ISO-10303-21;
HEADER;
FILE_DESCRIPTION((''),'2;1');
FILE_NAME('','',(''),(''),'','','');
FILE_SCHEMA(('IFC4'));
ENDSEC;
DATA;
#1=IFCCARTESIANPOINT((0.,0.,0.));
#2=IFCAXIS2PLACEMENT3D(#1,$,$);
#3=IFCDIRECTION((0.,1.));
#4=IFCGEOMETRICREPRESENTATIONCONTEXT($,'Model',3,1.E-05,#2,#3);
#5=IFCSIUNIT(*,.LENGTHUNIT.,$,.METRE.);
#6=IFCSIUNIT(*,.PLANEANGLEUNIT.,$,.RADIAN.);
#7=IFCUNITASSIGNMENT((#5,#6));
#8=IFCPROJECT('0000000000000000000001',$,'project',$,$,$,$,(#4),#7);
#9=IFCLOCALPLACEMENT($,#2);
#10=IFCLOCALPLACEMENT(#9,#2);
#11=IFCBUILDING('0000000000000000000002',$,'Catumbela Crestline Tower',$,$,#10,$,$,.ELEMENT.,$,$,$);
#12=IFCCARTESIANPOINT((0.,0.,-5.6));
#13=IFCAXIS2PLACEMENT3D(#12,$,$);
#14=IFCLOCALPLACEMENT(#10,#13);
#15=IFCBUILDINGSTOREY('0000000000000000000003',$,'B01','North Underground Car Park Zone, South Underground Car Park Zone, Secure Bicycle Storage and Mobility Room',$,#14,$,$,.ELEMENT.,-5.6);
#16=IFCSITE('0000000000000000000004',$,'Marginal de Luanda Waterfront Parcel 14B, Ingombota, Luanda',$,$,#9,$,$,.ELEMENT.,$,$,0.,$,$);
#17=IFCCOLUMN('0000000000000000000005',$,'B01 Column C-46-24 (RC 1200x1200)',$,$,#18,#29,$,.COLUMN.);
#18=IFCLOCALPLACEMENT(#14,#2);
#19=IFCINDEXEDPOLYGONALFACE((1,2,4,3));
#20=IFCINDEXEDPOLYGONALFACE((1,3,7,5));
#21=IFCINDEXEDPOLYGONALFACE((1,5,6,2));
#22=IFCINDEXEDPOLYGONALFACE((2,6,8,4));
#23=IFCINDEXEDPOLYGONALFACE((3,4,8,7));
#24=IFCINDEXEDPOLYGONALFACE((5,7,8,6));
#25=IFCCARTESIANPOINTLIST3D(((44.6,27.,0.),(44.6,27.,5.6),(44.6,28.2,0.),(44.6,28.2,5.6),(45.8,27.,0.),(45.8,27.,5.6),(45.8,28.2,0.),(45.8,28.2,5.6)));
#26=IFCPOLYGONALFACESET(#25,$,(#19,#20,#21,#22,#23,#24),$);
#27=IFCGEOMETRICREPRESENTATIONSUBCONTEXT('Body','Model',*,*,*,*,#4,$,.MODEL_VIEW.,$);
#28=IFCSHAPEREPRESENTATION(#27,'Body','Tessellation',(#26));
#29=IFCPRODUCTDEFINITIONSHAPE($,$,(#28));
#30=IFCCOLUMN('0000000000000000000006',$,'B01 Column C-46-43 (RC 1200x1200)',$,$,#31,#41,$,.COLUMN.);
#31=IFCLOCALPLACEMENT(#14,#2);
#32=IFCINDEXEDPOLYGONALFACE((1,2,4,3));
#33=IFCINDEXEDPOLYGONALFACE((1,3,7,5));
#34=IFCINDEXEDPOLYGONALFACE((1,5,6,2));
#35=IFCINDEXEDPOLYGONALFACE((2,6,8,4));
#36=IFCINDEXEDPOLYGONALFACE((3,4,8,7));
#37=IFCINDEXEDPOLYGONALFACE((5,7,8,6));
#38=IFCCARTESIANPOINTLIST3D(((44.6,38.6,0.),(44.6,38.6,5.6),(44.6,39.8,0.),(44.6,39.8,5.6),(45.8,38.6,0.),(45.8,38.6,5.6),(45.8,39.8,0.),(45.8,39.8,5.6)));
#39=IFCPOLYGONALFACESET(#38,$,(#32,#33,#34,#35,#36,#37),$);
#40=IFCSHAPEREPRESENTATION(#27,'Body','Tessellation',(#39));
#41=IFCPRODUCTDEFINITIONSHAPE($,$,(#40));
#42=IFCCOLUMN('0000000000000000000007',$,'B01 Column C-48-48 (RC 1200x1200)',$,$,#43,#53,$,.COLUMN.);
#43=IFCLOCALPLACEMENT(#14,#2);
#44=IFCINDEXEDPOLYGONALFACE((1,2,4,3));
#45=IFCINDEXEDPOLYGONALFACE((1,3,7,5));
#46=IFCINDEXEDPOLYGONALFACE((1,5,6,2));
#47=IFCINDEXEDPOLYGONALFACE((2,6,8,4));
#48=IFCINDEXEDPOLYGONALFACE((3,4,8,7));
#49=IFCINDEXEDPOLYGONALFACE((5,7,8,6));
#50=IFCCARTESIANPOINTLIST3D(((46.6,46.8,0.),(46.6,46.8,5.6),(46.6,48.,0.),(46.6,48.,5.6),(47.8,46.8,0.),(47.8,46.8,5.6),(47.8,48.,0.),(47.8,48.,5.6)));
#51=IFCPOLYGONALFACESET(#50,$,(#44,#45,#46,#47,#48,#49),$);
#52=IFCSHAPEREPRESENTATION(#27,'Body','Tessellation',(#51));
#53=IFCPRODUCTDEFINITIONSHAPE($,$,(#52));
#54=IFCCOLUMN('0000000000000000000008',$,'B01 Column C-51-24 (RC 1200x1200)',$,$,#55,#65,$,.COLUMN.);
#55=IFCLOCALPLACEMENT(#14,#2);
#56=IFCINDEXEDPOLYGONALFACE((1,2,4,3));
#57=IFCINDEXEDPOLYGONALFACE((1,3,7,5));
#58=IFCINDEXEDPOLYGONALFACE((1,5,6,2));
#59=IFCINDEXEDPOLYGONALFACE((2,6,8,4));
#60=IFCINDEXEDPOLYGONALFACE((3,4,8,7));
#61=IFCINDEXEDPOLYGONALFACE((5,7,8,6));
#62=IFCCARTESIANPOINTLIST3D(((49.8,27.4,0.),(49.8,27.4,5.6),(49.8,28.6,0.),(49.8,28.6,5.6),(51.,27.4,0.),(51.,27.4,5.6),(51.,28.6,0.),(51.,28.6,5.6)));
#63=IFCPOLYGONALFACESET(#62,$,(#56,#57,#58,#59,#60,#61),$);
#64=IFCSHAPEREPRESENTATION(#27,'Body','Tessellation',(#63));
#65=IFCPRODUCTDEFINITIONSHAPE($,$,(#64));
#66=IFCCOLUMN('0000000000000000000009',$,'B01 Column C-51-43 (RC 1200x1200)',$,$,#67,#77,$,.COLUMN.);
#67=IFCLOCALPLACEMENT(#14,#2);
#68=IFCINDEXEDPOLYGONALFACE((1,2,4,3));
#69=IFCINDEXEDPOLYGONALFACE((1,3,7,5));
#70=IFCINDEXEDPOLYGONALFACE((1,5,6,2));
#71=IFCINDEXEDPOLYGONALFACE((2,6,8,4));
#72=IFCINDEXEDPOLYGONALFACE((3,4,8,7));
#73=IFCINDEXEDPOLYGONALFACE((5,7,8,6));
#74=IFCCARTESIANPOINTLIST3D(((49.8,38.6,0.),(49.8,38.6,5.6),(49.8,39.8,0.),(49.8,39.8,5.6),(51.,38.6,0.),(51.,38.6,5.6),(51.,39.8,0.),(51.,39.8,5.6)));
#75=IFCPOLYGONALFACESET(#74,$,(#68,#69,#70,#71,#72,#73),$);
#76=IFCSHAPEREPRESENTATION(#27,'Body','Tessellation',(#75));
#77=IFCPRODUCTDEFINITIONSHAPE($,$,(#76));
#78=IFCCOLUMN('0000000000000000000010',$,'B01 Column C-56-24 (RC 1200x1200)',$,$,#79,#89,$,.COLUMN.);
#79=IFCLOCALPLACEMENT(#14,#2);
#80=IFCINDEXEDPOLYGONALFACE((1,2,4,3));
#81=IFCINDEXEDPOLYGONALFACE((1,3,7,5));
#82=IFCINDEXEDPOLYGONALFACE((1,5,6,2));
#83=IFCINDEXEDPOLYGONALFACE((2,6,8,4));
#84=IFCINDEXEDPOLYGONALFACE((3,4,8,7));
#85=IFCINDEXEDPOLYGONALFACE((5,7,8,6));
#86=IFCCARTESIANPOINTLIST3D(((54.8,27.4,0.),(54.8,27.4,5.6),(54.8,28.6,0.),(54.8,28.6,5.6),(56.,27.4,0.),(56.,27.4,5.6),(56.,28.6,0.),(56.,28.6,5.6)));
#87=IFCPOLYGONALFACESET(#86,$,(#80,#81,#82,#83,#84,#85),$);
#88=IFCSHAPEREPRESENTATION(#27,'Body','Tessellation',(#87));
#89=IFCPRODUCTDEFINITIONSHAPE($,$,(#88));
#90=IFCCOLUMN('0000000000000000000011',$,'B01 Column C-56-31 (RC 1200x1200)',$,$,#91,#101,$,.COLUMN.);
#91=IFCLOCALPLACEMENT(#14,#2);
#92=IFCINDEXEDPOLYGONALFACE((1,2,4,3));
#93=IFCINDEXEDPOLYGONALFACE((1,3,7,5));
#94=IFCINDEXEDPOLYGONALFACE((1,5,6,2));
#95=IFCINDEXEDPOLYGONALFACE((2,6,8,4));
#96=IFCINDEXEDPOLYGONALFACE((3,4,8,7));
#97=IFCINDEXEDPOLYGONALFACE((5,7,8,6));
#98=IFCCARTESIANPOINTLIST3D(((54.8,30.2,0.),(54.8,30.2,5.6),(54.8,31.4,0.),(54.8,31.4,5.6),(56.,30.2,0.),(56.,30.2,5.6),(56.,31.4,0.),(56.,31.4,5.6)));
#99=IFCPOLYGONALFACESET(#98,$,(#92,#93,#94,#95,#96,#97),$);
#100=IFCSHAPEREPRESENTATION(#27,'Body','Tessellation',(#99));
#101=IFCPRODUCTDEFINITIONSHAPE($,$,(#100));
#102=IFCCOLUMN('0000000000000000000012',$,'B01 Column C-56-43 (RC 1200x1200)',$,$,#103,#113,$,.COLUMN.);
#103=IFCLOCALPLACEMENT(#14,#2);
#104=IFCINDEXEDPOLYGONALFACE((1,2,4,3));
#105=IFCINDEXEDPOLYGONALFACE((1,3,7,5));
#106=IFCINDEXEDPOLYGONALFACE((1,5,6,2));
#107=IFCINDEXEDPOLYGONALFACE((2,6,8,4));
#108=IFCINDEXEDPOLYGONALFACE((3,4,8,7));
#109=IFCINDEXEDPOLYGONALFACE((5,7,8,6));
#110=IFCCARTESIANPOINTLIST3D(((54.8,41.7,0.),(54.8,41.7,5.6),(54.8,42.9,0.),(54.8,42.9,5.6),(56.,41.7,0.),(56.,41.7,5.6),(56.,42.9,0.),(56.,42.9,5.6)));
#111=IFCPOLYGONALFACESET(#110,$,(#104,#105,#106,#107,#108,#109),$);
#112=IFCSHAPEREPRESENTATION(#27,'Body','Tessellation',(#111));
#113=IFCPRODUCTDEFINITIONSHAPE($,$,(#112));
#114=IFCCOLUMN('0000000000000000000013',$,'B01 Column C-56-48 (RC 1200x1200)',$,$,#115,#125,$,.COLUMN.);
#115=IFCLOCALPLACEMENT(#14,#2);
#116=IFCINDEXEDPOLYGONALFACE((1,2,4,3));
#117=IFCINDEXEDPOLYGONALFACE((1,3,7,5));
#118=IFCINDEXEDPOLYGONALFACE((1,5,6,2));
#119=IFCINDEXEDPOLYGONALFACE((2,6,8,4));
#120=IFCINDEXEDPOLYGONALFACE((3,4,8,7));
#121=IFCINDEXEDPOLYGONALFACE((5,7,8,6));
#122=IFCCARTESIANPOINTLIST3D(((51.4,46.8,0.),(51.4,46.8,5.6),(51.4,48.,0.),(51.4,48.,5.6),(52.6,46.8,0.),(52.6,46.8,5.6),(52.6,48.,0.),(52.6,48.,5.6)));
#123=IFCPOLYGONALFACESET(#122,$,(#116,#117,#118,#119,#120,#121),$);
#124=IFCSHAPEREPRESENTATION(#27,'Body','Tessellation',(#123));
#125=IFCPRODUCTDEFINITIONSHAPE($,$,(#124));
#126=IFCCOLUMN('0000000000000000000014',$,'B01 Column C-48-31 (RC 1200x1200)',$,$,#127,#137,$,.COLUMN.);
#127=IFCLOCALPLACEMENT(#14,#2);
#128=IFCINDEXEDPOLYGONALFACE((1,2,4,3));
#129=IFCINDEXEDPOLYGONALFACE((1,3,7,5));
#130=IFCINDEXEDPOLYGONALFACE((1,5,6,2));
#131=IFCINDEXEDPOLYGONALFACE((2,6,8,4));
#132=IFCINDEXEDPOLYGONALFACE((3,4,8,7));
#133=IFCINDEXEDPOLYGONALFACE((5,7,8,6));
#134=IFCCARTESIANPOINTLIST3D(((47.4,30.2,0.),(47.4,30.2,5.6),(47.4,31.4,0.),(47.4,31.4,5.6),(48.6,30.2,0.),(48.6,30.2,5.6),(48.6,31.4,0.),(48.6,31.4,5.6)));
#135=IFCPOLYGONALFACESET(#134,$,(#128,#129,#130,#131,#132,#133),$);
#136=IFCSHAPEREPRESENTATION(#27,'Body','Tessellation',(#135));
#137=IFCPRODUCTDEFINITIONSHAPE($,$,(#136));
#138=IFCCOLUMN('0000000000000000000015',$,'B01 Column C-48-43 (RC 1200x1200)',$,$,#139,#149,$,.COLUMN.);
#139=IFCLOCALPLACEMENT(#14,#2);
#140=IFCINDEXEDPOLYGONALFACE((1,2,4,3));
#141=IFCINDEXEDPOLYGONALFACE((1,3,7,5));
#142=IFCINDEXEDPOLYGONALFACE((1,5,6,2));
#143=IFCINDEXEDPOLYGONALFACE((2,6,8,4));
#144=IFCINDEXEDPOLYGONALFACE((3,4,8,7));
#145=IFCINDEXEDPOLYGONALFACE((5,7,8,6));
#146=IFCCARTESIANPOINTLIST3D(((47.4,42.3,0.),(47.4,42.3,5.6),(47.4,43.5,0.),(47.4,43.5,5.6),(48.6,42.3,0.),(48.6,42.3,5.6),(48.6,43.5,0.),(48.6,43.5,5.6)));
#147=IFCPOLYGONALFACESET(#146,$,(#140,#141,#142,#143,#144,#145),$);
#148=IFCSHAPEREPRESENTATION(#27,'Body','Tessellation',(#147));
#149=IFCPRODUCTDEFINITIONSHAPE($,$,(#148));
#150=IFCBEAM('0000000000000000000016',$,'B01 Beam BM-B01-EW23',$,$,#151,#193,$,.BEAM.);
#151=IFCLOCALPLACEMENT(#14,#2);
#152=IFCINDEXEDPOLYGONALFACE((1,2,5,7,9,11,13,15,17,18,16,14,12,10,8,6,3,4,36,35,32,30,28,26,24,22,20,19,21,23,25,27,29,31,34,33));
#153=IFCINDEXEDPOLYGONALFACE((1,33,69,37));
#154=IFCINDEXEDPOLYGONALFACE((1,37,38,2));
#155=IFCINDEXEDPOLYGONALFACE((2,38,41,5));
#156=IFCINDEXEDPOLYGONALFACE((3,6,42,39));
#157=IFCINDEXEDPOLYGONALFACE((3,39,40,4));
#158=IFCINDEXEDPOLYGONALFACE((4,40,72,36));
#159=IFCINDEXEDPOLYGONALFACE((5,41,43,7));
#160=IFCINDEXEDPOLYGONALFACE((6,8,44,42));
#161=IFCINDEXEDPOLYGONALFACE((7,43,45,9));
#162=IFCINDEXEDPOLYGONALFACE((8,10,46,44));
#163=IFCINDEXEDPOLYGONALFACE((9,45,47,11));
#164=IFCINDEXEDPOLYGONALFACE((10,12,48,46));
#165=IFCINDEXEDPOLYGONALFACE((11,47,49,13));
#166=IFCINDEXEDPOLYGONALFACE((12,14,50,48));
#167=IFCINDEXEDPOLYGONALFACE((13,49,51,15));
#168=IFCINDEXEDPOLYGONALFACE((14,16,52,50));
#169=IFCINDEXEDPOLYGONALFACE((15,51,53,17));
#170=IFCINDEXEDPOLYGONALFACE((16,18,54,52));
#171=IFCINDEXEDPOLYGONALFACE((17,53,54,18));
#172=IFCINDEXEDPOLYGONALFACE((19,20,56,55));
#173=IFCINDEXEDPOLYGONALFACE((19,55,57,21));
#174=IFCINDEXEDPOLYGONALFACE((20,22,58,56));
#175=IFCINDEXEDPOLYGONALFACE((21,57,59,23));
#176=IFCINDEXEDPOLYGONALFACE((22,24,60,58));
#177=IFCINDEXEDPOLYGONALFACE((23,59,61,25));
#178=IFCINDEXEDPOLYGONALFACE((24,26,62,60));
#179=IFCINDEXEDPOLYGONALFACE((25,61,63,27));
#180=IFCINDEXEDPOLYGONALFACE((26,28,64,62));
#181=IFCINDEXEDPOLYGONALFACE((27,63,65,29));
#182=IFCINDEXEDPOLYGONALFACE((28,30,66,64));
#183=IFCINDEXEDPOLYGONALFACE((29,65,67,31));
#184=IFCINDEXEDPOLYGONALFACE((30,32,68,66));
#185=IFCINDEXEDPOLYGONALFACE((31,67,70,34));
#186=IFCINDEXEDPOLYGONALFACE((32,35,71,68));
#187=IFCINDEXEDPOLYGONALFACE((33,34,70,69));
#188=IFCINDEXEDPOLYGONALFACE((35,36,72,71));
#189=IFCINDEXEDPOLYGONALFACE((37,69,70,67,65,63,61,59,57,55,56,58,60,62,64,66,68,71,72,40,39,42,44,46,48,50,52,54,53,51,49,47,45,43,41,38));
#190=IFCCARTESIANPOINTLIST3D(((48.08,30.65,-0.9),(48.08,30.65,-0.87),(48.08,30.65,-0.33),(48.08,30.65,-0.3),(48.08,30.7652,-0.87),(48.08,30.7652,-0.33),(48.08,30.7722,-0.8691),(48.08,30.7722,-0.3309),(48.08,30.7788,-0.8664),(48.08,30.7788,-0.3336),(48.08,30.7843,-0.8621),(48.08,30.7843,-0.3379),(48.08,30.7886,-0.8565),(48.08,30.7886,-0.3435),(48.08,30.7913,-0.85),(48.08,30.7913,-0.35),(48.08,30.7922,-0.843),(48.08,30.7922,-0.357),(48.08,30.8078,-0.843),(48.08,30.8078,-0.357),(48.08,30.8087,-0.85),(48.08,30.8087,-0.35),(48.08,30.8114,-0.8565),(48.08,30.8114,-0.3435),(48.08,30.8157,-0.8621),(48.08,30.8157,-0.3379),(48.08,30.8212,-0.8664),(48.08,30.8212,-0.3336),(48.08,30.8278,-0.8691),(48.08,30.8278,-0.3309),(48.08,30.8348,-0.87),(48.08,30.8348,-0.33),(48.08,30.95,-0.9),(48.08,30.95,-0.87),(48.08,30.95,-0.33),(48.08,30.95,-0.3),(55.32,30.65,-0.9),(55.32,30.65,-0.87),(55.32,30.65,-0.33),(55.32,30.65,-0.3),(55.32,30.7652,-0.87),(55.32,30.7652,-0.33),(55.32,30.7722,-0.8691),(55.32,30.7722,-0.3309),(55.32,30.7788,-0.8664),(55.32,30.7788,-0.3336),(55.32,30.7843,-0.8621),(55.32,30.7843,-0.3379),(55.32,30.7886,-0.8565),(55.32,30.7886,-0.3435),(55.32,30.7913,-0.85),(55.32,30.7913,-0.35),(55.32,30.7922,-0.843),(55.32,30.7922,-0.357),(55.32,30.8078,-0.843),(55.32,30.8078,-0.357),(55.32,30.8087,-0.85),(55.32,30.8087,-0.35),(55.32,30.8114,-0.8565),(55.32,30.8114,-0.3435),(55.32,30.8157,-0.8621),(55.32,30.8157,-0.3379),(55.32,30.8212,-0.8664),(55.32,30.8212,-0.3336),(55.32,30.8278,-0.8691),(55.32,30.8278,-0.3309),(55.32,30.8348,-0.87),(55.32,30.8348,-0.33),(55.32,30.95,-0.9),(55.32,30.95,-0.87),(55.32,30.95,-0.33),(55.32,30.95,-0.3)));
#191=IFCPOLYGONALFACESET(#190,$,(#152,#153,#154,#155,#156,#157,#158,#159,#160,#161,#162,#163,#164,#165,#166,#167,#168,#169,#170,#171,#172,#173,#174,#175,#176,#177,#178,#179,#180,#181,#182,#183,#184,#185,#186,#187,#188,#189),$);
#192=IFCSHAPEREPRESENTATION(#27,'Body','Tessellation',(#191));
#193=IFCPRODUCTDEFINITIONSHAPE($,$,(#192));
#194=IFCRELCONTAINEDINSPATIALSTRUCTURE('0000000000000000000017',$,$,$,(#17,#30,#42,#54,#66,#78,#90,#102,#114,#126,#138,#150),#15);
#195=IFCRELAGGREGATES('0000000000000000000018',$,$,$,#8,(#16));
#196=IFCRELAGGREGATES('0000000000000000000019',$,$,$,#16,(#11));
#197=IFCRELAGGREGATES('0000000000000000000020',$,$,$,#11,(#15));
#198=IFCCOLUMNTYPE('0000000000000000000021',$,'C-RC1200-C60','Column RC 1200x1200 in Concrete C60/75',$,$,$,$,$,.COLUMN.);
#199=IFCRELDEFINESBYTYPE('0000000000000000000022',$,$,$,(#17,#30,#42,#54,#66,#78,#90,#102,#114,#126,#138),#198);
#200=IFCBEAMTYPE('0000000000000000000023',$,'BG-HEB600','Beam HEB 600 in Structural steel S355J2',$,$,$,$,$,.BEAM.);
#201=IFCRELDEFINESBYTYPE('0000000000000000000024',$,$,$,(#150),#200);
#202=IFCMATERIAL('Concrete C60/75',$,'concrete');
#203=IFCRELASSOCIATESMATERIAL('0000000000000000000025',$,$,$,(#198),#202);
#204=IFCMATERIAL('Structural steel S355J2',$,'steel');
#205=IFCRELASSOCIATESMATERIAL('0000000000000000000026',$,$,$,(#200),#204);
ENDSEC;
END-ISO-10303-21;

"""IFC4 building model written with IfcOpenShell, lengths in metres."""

from ifc_helpers import new_model, si_unit, direction, frame, origin, origin_2d, place, context, subcontext, project, spatial, rectangle, i_section, extrude, material, material_profile, profile_set, type_object, element, save


model = new_model("IFC4")

# Units and contexts
model_context = context("Model", 3, precision=1e-05, world=origin(), true_north=direction((0.0, 1.0)))
body_context = subcontext(model_context, "Body", "Model", "MODEL_VIEW")
ifc_project = project(units=[si_unit("LENGTHUNIT", "METRE"), si_unit("PLANEANGLEUNIT", "RADIAN")], contexts=[model_context])

# Site, building, storey
site_placement = place(None, origin())
site = spatial("IfcSite", under=ifc_project, at=site_placement, Name="Marginal de Luanda Waterfront Parcel 14B, Ingombota, Luanda", CompositionType="ELEMENT", RefElevation=0.0)
building_placement = place(site_placement, origin())
building = spatial("IfcBuilding", under=site, at=building_placement, Name="Catumbela Crestline Tower", CompositionType="ELEMENT")
storey_placement = place(building_placement, frame((0.0, 0.0, -5.6)))
storey = spatial("IfcBuildingStorey", under=building, at=storey_placement, Name="B01", Description="North Underground Car Park Zone, South Underground Car Park Zone, Secure Bicycle Storage and Mobility Room", CompositionType="ELEMENT", Elevation=-5.6)

# Columns
ifc_material_1 = material(Name="Concrete C60/75", Category="concrete")
ifc_material_profile_1 = material_profile(ifc_material_1, rectangle(XDim=1.2, YDim=1.2, at=origin_2d()), Name="RC 1200x1200")
ifc_profile_set_1 = profile_set([ifc_material_profile_1], Name="Concrete C60/75")
column_type = type_object("IfcColumnType", Name="C-RC1200-C60", Description="Column RC 1200x1200 in Concrete C60/75", PredefinedType="COLUMN", material=ifc_profile_set_1)
for number, where, z_axis, x_axis, name in (
    (1, (45.2, 27.6, 0.0), (0.0, 0.0, 1.0), (1.0, 0.0, 0.0), "B01 Column C-46-24 (RC 1200x1200)"),
    (2, (45.2, 39.2, 0.0), (0.0, 0.0, 1.0), (1.0, 0.0, 0.0), "B01 Column C-46-43 (RC 1200x1200)"),
    (3, (47.2, 47.4, 0.0), (0.0, 0.0, 1.0), (1.0, 0.0, 0.0), "B01 Column C-48-48 (RC 1200x1200)"),
    (4, (50.4, 28.0, 0.0), (0.0, 0.0, 1.0), (1.0, 0.0, 0.0), "B01 Column C-51-24 (RC 1200x1200)"),
    (5, (50.4, 39.2, 0.0), (0.0, 0.0, 1.0), (1.0, 0.0, 0.0), "B01 Column C-51-43 (RC 1200x1200)"),
    (6, (55.4, 28.0, 0.0), (0.0, 0.0, 1.0), (1.0, 0.0, 0.0), "B01 Column C-56-24 (RC 1200x1200)"),
    (7, (55.4, 30.8, 0.0), (0.0, 0.0, 1.0), (1.0, 0.0, 0.0), "B01 Column C-56-31 (RC 1200x1200)"),
    (8, (55.4, 42.3, 0.0), (0.0, 0.0, 1.0), (1.0, 0.0, 0.0), "B01 Column C-56-43 (RC 1200x1200)"),
    (9, (52.0, 47.4, 0.0), (0.0, 0.0, 1.0), (1.0, 0.0, 0.0), "B01 Column C-56-48 (RC 1200x1200)"),
    (10, (48.0, 30.8, 0.0), (0.0, 0.0, 1.0), (1.0, 0.0, 0.0), "B01 Column C-48-31 (RC 1200x1200)"),
    (11, (48.0, 42.9, 0.0), (0.0, 0.0, 1.0), (1.0, 0.0, 0.0), "B01 Column C-48-43 (RC 1200x1200)"),
):
    element("IfcColumn", number, at=place(storey_placement, frame(where, z_axis=z_axis, x_axis=x_axis)), inside=storey, type_object=column_type, Name=name, PredefinedType="COLUMN", context=body_context, shape_type="SweptSolid", body=[
        extrude(rectangle(XDim=1.2, YDim=1.2, at=origin_2d()), origin(), (0.0, 0.0, 1.0), 5.6),
    ])

# Beam
ifc_material_2 = material(Name="Structural steel S355J2", Category="steel")
ifc_material_profile_2 = material_profile(ifc_material_2, i_section(OverallWidth=0.3, OverallDepth=0.6, WebThickness=0.0155, FlangeThickness=0.03, FilletRadius=0.027, at=origin_2d()), Name="HEB 600")
ifc_profile_set_2 = profile_set([ifc_material_profile_2], Name="Structural steel S355J2")
beam_type = type_object("IfcBeamType", Name="BG-HEB600", Description="Beam HEB 600 in Structural steel S355J2", PredefinedType="BEAM", material=ifc_profile_set_2)
beam_1_placement = place(storey_placement, frame((48.08, 30.8, -0.6), z_axis=(1.0, 0.0, 0.0), x_axis=(0.0, 1.0, 0.0)))
element("IfcBeam", 12, at=beam_1_placement, inside=storey, type_object=beam_type, Name="B01 Beam BM-B01-EW23", PredefinedType="BEAM", context=body_context, shape_type="SweptSolid", body=[
    extrude(i_section(OverallWidth=0.3, OverallDepth=0.6, WebThickness=0.0155, FlangeThickness=0.03, FilletRadius=0.027, at=origin_2d()), origin(), (0.0, 0.0, 1.0), 7.24),
])

save(model, "model.ifc")
